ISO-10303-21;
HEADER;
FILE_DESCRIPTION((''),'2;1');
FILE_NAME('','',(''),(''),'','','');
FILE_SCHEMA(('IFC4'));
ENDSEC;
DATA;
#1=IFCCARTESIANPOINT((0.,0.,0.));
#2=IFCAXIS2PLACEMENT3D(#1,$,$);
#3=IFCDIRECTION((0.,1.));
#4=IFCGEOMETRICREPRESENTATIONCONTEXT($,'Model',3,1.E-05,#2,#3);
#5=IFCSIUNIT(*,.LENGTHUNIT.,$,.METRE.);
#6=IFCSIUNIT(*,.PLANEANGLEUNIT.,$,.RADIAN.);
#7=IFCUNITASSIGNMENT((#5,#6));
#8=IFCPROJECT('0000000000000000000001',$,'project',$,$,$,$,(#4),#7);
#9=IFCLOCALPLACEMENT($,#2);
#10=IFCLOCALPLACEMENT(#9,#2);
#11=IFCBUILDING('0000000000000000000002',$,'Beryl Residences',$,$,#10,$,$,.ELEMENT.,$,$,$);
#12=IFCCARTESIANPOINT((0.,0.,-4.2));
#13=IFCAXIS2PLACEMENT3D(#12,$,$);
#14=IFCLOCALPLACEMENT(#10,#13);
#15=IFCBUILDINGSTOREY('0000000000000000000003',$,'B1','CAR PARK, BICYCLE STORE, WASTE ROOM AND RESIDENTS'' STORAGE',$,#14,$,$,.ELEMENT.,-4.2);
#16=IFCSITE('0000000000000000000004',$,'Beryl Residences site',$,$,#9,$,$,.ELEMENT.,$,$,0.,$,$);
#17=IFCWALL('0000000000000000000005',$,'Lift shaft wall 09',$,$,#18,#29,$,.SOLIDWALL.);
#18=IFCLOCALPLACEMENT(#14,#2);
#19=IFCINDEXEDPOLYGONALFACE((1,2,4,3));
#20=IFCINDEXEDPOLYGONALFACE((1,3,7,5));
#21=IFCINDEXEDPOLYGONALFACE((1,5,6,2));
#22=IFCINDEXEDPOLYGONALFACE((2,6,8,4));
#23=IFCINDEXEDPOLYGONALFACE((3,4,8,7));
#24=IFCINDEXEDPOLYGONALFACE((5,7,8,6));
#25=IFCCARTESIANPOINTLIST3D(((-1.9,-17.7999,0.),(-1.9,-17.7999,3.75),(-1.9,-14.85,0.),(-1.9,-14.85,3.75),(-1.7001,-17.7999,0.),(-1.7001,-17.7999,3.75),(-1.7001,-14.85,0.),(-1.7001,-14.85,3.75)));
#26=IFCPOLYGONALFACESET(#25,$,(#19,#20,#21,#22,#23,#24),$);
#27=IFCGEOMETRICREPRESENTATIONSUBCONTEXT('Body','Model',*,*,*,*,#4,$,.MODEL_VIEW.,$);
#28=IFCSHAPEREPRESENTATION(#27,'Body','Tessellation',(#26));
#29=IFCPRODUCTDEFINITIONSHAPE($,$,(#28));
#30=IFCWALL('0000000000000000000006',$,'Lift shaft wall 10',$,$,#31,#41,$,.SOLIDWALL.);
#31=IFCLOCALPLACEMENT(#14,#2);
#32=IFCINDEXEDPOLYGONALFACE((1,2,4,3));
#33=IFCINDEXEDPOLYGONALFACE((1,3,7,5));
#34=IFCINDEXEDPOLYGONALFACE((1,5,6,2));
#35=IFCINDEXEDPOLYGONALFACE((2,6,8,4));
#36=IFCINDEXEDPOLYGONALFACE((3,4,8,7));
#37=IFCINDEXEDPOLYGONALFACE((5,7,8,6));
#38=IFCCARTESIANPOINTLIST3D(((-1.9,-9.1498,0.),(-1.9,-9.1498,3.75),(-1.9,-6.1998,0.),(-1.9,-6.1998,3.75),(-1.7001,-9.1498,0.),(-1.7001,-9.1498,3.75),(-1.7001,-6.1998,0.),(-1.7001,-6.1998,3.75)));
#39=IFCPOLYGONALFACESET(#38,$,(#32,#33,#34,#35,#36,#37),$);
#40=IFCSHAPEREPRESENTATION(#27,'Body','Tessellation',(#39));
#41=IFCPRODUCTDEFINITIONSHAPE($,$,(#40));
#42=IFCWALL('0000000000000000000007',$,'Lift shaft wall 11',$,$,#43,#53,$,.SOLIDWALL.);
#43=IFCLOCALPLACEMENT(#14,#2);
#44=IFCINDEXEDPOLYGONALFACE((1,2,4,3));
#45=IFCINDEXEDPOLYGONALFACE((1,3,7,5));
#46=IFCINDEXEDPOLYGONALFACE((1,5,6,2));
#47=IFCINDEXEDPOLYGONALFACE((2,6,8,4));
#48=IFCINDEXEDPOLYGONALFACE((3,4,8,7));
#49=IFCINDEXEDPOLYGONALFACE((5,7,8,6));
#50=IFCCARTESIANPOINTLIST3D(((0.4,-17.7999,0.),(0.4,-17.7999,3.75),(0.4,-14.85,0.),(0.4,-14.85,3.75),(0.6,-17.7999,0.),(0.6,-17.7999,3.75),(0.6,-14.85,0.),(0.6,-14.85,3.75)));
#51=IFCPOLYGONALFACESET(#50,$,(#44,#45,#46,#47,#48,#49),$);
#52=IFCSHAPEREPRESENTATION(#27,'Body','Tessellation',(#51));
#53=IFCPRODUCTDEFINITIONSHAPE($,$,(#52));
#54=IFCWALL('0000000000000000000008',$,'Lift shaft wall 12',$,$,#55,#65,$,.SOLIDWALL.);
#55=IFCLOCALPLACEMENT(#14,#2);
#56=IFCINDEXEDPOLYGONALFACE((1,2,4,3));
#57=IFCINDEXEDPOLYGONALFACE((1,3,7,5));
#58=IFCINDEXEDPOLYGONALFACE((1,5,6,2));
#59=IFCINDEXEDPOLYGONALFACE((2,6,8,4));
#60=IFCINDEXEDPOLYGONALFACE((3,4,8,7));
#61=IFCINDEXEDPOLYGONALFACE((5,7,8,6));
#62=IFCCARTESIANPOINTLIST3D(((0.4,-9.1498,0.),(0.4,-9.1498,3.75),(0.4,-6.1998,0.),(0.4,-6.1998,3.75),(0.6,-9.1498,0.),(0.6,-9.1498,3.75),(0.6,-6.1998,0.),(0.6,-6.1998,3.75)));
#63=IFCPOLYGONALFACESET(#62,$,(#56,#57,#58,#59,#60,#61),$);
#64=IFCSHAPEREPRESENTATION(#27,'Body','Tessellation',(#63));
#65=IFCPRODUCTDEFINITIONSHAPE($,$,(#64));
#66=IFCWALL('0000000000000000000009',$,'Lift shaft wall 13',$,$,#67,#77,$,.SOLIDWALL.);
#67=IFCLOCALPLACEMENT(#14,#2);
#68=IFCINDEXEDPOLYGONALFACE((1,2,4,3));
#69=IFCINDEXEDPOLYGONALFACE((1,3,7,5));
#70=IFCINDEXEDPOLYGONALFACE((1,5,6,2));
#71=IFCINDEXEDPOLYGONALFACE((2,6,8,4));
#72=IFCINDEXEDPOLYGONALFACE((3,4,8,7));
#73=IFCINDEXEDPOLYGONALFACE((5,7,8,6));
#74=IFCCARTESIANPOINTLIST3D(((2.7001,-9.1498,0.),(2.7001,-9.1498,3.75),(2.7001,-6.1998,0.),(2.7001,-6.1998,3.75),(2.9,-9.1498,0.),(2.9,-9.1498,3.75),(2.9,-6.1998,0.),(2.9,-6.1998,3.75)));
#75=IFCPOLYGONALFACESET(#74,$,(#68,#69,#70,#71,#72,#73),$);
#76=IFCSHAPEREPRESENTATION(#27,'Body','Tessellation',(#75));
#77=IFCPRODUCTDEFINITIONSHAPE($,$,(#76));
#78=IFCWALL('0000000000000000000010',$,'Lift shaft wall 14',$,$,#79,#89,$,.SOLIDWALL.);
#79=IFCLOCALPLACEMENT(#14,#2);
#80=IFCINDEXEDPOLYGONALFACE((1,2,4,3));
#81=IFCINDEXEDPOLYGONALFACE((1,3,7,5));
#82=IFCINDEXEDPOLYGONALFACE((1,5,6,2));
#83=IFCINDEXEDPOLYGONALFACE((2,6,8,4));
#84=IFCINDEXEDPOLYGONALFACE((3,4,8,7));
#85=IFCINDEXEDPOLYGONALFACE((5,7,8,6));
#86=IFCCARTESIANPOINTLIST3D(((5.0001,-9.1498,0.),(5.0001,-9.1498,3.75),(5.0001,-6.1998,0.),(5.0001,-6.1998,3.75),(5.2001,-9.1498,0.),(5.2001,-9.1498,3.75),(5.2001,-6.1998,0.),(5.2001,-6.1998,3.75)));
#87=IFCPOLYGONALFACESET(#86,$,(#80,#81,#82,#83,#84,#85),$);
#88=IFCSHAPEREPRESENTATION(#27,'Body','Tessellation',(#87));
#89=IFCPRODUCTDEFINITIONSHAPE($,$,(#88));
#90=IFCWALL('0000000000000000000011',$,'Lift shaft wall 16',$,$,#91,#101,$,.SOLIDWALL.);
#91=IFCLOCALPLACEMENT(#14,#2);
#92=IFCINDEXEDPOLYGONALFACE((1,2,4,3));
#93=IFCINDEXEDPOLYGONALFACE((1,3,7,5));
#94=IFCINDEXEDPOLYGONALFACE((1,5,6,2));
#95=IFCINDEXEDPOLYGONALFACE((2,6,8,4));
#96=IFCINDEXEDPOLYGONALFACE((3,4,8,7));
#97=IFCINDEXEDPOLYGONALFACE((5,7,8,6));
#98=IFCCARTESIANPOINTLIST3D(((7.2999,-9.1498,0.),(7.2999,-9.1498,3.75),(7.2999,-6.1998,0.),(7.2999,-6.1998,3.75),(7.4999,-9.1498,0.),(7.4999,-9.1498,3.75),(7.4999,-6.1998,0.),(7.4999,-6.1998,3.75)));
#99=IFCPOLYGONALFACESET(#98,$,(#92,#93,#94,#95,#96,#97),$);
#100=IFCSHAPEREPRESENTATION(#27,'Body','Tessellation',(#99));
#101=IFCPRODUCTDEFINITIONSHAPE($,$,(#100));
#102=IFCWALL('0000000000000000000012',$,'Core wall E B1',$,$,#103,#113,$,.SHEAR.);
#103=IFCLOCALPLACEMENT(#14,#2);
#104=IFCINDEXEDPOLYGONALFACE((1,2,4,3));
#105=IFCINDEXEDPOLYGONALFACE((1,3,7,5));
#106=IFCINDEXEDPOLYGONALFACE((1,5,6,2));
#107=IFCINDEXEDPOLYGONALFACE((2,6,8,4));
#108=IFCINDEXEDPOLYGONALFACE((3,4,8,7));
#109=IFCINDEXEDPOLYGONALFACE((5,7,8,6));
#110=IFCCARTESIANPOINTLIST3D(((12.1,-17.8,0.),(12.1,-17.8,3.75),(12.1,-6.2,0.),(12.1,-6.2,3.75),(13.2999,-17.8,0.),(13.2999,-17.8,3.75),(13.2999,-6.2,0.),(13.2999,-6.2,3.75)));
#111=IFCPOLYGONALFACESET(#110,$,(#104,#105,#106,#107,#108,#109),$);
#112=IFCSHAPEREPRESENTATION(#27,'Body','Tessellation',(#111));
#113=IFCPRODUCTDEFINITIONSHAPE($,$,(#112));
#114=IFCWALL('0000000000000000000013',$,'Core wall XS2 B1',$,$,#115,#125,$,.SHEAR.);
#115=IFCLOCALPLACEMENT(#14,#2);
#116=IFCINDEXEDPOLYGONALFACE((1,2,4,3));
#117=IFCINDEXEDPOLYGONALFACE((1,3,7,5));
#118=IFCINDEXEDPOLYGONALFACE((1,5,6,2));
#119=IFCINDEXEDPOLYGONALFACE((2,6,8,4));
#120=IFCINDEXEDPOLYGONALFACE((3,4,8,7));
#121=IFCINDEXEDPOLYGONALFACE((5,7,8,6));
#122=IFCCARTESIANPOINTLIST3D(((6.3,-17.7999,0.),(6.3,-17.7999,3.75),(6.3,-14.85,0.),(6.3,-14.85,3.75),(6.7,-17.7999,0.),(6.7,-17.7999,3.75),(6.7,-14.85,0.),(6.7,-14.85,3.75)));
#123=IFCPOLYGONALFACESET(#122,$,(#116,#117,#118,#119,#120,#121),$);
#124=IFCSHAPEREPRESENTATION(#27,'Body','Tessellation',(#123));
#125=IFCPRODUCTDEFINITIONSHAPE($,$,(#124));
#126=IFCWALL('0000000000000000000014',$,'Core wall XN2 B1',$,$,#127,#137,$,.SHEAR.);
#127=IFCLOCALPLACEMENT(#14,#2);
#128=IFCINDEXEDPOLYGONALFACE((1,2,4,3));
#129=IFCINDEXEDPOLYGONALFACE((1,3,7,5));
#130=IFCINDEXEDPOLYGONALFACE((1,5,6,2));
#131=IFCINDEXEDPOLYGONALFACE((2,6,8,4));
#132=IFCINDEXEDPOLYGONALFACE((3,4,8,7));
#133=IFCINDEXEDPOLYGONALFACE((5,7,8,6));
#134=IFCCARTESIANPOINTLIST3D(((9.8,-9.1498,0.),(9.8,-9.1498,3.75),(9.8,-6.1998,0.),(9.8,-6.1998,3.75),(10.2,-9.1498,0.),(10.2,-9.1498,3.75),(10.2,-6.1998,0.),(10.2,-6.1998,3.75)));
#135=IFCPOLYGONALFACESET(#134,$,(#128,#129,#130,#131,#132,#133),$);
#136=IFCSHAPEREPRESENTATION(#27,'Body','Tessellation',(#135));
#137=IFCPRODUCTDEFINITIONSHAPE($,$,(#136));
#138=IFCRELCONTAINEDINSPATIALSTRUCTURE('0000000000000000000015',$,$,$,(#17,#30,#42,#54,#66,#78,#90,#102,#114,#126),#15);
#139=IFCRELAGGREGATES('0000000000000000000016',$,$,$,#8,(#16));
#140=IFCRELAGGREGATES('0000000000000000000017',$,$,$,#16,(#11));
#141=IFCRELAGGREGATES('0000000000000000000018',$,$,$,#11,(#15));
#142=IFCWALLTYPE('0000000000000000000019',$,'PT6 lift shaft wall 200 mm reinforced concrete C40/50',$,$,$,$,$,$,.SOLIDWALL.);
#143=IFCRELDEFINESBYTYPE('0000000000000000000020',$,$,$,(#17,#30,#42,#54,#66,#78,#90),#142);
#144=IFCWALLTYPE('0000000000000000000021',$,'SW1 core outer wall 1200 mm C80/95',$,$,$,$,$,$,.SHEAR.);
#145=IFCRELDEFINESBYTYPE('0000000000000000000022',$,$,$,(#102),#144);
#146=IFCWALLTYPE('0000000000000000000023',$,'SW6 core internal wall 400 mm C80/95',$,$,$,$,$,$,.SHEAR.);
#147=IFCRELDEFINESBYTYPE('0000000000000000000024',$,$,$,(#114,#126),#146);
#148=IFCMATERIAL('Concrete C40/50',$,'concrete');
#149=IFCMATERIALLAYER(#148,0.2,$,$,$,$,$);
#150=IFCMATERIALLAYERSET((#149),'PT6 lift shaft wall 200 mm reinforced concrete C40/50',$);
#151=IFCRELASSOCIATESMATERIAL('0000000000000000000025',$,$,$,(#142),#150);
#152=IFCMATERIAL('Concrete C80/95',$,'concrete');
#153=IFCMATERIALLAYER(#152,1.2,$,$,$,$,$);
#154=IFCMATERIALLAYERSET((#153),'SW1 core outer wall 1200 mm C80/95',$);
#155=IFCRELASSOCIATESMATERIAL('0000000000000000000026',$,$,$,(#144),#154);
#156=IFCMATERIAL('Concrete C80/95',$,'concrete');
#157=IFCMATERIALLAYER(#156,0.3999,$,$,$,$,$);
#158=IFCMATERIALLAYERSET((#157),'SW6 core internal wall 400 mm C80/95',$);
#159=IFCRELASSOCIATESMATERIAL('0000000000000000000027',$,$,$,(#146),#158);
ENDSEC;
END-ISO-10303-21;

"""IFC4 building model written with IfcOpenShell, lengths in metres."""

from ifc_helpers import new_model, si_unit, direction, frame, frame_2d, origin, place, context, subcontext, project, spatial, rectangle, extrude, material, layer, layer_set, type_object, element, save


model = new_model("IFC4")

# Units and contexts
model_context = context("Model", 3, precision=1e-05, world=origin(), true_north=direction((0.0, 1.0)))
body_context = subcontext(model_context, "Body", "Model", "MODEL_VIEW")
ifc_project = project(units=[si_unit("LENGTHUNIT", "METRE"), si_unit("PLANEANGLEUNIT", "RADIAN")], contexts=[model_context])

# Site, building, storey
site_placement = place(None, origin())
site = spatial("IfcSite", under=ifc_project, at=site_placement, Name="Beryl Residences site", CompositionType="ELEMENT", RefElevation=0.0)
building_placement = place(site_placement, origin())
building = spatial("IfcBuilding", under=site, at=building_placement, Name="Beryl Residences", CompositionType="ELEMENT")
storey_placement = place(building_placement, frame((0.0, 0.0, -4.2)))
storey = spatial("IfcBuildingStorey", under=building, at=storey_placement, Name="B1", Description="CAR PARK, BICYCLE STORE, WASTE ROOM AND RESIDENTS' STORAGE", CompositionType="ELEMENT", Elevation=-4.2)

# Walls
ifc_material_1 = material(Name="Concrete C40/50", Category="concrete")
ifc_layer_1 = layer(ifc_material_1, 0.2)
ifc_layer_set_1 = layer_set([ifc_layer_1], Name="PT6 lift shaft wall 200 mm reinforced concrete C40/50")
wall_type_1 = type_object("IfcWallType", Name="PT6 lift shaft wall 200 mm reinforced concrete C40/50", PredefinedType="SOLIDWALL", material=ifc_layer_set_1)
for number, where, z_axis, x_axis, name in (
    (1, (-1.8, -17.8, 0.0), (0.0, 0.0, 1.0), (0.0, 1.0, 0.0), "Lift shaft wall 09"),
    (2, (-1.8, -9.1499, 0.0), (0.0, 0.0, 1.0), (0.0, 1.0, 0.0), "Lift shaft wall 10"),
    (3, (0.5, -17.8, 0.0), (0.0, 0.0, 1.0), (0.0, 1.0, 0.0), "Lift shaft wall 11"),
    (4, (0.5, -9.1499, 0.0), (0.0, 0.0, 1.0), (0.0, 1.0, 0.0), "Lift shaft wall 12"),
    (5, (2.8, -9.1499, 0.0), (0.0, 0.0, 1.0), (0.0, 1.0, 0.0), "Lift shaft wall 13"),
    (6, (5.1001, -9.1499, 0.0), (0.0, 0.0, 1.0), (0.0, 1.0, 0.0), "Lift shaft wall 14"),
    (7, (7.3999, -9.1499, 0.0), (0.0, 0.0, 1.0), (0.0, 1.0, 0.0), "Lift shaft wall 16"),
):
    element("IfcWall", number, at=place(storey_placement, frame(where, z_axis=z_axis, x_axis=x_axis)), inside=storey, type_object=wall_type_1, Name=name, PredefinedType="SOLIDWALL", context=body_context, shape_type="SweptSolid", body=[
        extrude(rectangle(XDim=2.95, YDim=0.2, at=frame_2d((1.4751, 0.0))), origin(), (0.0, 0.0, 1.0), 3.75),
    ])
ifc_material_2 = material(Name="Concrete C80/95", Category="concrete")
ifc_layer_2 = layer(ifc_material_2, 1.2)
ifc_layer_set_2 = layer_set([ifc_layer_2], Name="SW1 core outer wall 1200 mm C80/95")
wall_type_2 = type_object("IfcWallType", Name="SW1 core outer wall 1200 mm C80/95", PredefinedType="SHEAR", material=ifc_layer_set_2)
wall_1_placement = place(storey_placement, frame((12.7, -17.8, 0.0), z_axis=(0.0, 0.0, 1.0), x_axis=(0.0, 1.0, 0.0)))
element("IfcWall", 8, at=wall_1_placement, inside=storey, type_object=wall_type_2, Name="Core wall E B1", PredefinedType="SHEAR", context=body_context, shape_type="SweptSolid", body=[
    extrude(rectangle(XDim=11.6001, YDim=1.2, at=frame_2d((5.8, 0.0))), origin(), (0.0, 0.0, 1.0), 3.75),
])
ifc_material_3 = material(Name="Concrete C80/95", Category="concrete")
ifc_layer_3 = layer(ifc_material_3, 0.3999)
ifc_layer_set_3 = layer_set([ifc_layer_3], Name="SW6 core internal wall 400 mm C80/95")
wall_type_3 = type_object("IfcWallType", Name="SW6 core internal wall 400 mm C80/95", PredefinedType="SHEAR", material=ifc_layer_set_3)
for number, where, z_axis, x_axis, name in (
    (9, (6.5, -17.8, 0.0), (0.0, 0.0, 1.0), (0.0, 1.0, 0.0), "Core wall XS2 B1"),
    (10, (10.0, -9.1499, 0.0), (0.0, 0.0, 1.0), (0.0, 1.0, 0.0), "Core wall XN2 B1"),
):
    element("IfcWall", number, at=place(storey_placement, frame(where, z_axis=z_axis, x_axis=x_axis)), inside=storey, type_object=wall_type_3, Name=name, PredefinedType="SHEAR", context=body_context, shape_type="SweptSolid", body=[
        extrude(rectangle(XDim=2.95, YDim=0.3999, at=frame_2d((1.4751, 0.0))), origin(), (0.0, 0.0, 1.0), 3.75),
    ])

save(model, "model.ifc")
